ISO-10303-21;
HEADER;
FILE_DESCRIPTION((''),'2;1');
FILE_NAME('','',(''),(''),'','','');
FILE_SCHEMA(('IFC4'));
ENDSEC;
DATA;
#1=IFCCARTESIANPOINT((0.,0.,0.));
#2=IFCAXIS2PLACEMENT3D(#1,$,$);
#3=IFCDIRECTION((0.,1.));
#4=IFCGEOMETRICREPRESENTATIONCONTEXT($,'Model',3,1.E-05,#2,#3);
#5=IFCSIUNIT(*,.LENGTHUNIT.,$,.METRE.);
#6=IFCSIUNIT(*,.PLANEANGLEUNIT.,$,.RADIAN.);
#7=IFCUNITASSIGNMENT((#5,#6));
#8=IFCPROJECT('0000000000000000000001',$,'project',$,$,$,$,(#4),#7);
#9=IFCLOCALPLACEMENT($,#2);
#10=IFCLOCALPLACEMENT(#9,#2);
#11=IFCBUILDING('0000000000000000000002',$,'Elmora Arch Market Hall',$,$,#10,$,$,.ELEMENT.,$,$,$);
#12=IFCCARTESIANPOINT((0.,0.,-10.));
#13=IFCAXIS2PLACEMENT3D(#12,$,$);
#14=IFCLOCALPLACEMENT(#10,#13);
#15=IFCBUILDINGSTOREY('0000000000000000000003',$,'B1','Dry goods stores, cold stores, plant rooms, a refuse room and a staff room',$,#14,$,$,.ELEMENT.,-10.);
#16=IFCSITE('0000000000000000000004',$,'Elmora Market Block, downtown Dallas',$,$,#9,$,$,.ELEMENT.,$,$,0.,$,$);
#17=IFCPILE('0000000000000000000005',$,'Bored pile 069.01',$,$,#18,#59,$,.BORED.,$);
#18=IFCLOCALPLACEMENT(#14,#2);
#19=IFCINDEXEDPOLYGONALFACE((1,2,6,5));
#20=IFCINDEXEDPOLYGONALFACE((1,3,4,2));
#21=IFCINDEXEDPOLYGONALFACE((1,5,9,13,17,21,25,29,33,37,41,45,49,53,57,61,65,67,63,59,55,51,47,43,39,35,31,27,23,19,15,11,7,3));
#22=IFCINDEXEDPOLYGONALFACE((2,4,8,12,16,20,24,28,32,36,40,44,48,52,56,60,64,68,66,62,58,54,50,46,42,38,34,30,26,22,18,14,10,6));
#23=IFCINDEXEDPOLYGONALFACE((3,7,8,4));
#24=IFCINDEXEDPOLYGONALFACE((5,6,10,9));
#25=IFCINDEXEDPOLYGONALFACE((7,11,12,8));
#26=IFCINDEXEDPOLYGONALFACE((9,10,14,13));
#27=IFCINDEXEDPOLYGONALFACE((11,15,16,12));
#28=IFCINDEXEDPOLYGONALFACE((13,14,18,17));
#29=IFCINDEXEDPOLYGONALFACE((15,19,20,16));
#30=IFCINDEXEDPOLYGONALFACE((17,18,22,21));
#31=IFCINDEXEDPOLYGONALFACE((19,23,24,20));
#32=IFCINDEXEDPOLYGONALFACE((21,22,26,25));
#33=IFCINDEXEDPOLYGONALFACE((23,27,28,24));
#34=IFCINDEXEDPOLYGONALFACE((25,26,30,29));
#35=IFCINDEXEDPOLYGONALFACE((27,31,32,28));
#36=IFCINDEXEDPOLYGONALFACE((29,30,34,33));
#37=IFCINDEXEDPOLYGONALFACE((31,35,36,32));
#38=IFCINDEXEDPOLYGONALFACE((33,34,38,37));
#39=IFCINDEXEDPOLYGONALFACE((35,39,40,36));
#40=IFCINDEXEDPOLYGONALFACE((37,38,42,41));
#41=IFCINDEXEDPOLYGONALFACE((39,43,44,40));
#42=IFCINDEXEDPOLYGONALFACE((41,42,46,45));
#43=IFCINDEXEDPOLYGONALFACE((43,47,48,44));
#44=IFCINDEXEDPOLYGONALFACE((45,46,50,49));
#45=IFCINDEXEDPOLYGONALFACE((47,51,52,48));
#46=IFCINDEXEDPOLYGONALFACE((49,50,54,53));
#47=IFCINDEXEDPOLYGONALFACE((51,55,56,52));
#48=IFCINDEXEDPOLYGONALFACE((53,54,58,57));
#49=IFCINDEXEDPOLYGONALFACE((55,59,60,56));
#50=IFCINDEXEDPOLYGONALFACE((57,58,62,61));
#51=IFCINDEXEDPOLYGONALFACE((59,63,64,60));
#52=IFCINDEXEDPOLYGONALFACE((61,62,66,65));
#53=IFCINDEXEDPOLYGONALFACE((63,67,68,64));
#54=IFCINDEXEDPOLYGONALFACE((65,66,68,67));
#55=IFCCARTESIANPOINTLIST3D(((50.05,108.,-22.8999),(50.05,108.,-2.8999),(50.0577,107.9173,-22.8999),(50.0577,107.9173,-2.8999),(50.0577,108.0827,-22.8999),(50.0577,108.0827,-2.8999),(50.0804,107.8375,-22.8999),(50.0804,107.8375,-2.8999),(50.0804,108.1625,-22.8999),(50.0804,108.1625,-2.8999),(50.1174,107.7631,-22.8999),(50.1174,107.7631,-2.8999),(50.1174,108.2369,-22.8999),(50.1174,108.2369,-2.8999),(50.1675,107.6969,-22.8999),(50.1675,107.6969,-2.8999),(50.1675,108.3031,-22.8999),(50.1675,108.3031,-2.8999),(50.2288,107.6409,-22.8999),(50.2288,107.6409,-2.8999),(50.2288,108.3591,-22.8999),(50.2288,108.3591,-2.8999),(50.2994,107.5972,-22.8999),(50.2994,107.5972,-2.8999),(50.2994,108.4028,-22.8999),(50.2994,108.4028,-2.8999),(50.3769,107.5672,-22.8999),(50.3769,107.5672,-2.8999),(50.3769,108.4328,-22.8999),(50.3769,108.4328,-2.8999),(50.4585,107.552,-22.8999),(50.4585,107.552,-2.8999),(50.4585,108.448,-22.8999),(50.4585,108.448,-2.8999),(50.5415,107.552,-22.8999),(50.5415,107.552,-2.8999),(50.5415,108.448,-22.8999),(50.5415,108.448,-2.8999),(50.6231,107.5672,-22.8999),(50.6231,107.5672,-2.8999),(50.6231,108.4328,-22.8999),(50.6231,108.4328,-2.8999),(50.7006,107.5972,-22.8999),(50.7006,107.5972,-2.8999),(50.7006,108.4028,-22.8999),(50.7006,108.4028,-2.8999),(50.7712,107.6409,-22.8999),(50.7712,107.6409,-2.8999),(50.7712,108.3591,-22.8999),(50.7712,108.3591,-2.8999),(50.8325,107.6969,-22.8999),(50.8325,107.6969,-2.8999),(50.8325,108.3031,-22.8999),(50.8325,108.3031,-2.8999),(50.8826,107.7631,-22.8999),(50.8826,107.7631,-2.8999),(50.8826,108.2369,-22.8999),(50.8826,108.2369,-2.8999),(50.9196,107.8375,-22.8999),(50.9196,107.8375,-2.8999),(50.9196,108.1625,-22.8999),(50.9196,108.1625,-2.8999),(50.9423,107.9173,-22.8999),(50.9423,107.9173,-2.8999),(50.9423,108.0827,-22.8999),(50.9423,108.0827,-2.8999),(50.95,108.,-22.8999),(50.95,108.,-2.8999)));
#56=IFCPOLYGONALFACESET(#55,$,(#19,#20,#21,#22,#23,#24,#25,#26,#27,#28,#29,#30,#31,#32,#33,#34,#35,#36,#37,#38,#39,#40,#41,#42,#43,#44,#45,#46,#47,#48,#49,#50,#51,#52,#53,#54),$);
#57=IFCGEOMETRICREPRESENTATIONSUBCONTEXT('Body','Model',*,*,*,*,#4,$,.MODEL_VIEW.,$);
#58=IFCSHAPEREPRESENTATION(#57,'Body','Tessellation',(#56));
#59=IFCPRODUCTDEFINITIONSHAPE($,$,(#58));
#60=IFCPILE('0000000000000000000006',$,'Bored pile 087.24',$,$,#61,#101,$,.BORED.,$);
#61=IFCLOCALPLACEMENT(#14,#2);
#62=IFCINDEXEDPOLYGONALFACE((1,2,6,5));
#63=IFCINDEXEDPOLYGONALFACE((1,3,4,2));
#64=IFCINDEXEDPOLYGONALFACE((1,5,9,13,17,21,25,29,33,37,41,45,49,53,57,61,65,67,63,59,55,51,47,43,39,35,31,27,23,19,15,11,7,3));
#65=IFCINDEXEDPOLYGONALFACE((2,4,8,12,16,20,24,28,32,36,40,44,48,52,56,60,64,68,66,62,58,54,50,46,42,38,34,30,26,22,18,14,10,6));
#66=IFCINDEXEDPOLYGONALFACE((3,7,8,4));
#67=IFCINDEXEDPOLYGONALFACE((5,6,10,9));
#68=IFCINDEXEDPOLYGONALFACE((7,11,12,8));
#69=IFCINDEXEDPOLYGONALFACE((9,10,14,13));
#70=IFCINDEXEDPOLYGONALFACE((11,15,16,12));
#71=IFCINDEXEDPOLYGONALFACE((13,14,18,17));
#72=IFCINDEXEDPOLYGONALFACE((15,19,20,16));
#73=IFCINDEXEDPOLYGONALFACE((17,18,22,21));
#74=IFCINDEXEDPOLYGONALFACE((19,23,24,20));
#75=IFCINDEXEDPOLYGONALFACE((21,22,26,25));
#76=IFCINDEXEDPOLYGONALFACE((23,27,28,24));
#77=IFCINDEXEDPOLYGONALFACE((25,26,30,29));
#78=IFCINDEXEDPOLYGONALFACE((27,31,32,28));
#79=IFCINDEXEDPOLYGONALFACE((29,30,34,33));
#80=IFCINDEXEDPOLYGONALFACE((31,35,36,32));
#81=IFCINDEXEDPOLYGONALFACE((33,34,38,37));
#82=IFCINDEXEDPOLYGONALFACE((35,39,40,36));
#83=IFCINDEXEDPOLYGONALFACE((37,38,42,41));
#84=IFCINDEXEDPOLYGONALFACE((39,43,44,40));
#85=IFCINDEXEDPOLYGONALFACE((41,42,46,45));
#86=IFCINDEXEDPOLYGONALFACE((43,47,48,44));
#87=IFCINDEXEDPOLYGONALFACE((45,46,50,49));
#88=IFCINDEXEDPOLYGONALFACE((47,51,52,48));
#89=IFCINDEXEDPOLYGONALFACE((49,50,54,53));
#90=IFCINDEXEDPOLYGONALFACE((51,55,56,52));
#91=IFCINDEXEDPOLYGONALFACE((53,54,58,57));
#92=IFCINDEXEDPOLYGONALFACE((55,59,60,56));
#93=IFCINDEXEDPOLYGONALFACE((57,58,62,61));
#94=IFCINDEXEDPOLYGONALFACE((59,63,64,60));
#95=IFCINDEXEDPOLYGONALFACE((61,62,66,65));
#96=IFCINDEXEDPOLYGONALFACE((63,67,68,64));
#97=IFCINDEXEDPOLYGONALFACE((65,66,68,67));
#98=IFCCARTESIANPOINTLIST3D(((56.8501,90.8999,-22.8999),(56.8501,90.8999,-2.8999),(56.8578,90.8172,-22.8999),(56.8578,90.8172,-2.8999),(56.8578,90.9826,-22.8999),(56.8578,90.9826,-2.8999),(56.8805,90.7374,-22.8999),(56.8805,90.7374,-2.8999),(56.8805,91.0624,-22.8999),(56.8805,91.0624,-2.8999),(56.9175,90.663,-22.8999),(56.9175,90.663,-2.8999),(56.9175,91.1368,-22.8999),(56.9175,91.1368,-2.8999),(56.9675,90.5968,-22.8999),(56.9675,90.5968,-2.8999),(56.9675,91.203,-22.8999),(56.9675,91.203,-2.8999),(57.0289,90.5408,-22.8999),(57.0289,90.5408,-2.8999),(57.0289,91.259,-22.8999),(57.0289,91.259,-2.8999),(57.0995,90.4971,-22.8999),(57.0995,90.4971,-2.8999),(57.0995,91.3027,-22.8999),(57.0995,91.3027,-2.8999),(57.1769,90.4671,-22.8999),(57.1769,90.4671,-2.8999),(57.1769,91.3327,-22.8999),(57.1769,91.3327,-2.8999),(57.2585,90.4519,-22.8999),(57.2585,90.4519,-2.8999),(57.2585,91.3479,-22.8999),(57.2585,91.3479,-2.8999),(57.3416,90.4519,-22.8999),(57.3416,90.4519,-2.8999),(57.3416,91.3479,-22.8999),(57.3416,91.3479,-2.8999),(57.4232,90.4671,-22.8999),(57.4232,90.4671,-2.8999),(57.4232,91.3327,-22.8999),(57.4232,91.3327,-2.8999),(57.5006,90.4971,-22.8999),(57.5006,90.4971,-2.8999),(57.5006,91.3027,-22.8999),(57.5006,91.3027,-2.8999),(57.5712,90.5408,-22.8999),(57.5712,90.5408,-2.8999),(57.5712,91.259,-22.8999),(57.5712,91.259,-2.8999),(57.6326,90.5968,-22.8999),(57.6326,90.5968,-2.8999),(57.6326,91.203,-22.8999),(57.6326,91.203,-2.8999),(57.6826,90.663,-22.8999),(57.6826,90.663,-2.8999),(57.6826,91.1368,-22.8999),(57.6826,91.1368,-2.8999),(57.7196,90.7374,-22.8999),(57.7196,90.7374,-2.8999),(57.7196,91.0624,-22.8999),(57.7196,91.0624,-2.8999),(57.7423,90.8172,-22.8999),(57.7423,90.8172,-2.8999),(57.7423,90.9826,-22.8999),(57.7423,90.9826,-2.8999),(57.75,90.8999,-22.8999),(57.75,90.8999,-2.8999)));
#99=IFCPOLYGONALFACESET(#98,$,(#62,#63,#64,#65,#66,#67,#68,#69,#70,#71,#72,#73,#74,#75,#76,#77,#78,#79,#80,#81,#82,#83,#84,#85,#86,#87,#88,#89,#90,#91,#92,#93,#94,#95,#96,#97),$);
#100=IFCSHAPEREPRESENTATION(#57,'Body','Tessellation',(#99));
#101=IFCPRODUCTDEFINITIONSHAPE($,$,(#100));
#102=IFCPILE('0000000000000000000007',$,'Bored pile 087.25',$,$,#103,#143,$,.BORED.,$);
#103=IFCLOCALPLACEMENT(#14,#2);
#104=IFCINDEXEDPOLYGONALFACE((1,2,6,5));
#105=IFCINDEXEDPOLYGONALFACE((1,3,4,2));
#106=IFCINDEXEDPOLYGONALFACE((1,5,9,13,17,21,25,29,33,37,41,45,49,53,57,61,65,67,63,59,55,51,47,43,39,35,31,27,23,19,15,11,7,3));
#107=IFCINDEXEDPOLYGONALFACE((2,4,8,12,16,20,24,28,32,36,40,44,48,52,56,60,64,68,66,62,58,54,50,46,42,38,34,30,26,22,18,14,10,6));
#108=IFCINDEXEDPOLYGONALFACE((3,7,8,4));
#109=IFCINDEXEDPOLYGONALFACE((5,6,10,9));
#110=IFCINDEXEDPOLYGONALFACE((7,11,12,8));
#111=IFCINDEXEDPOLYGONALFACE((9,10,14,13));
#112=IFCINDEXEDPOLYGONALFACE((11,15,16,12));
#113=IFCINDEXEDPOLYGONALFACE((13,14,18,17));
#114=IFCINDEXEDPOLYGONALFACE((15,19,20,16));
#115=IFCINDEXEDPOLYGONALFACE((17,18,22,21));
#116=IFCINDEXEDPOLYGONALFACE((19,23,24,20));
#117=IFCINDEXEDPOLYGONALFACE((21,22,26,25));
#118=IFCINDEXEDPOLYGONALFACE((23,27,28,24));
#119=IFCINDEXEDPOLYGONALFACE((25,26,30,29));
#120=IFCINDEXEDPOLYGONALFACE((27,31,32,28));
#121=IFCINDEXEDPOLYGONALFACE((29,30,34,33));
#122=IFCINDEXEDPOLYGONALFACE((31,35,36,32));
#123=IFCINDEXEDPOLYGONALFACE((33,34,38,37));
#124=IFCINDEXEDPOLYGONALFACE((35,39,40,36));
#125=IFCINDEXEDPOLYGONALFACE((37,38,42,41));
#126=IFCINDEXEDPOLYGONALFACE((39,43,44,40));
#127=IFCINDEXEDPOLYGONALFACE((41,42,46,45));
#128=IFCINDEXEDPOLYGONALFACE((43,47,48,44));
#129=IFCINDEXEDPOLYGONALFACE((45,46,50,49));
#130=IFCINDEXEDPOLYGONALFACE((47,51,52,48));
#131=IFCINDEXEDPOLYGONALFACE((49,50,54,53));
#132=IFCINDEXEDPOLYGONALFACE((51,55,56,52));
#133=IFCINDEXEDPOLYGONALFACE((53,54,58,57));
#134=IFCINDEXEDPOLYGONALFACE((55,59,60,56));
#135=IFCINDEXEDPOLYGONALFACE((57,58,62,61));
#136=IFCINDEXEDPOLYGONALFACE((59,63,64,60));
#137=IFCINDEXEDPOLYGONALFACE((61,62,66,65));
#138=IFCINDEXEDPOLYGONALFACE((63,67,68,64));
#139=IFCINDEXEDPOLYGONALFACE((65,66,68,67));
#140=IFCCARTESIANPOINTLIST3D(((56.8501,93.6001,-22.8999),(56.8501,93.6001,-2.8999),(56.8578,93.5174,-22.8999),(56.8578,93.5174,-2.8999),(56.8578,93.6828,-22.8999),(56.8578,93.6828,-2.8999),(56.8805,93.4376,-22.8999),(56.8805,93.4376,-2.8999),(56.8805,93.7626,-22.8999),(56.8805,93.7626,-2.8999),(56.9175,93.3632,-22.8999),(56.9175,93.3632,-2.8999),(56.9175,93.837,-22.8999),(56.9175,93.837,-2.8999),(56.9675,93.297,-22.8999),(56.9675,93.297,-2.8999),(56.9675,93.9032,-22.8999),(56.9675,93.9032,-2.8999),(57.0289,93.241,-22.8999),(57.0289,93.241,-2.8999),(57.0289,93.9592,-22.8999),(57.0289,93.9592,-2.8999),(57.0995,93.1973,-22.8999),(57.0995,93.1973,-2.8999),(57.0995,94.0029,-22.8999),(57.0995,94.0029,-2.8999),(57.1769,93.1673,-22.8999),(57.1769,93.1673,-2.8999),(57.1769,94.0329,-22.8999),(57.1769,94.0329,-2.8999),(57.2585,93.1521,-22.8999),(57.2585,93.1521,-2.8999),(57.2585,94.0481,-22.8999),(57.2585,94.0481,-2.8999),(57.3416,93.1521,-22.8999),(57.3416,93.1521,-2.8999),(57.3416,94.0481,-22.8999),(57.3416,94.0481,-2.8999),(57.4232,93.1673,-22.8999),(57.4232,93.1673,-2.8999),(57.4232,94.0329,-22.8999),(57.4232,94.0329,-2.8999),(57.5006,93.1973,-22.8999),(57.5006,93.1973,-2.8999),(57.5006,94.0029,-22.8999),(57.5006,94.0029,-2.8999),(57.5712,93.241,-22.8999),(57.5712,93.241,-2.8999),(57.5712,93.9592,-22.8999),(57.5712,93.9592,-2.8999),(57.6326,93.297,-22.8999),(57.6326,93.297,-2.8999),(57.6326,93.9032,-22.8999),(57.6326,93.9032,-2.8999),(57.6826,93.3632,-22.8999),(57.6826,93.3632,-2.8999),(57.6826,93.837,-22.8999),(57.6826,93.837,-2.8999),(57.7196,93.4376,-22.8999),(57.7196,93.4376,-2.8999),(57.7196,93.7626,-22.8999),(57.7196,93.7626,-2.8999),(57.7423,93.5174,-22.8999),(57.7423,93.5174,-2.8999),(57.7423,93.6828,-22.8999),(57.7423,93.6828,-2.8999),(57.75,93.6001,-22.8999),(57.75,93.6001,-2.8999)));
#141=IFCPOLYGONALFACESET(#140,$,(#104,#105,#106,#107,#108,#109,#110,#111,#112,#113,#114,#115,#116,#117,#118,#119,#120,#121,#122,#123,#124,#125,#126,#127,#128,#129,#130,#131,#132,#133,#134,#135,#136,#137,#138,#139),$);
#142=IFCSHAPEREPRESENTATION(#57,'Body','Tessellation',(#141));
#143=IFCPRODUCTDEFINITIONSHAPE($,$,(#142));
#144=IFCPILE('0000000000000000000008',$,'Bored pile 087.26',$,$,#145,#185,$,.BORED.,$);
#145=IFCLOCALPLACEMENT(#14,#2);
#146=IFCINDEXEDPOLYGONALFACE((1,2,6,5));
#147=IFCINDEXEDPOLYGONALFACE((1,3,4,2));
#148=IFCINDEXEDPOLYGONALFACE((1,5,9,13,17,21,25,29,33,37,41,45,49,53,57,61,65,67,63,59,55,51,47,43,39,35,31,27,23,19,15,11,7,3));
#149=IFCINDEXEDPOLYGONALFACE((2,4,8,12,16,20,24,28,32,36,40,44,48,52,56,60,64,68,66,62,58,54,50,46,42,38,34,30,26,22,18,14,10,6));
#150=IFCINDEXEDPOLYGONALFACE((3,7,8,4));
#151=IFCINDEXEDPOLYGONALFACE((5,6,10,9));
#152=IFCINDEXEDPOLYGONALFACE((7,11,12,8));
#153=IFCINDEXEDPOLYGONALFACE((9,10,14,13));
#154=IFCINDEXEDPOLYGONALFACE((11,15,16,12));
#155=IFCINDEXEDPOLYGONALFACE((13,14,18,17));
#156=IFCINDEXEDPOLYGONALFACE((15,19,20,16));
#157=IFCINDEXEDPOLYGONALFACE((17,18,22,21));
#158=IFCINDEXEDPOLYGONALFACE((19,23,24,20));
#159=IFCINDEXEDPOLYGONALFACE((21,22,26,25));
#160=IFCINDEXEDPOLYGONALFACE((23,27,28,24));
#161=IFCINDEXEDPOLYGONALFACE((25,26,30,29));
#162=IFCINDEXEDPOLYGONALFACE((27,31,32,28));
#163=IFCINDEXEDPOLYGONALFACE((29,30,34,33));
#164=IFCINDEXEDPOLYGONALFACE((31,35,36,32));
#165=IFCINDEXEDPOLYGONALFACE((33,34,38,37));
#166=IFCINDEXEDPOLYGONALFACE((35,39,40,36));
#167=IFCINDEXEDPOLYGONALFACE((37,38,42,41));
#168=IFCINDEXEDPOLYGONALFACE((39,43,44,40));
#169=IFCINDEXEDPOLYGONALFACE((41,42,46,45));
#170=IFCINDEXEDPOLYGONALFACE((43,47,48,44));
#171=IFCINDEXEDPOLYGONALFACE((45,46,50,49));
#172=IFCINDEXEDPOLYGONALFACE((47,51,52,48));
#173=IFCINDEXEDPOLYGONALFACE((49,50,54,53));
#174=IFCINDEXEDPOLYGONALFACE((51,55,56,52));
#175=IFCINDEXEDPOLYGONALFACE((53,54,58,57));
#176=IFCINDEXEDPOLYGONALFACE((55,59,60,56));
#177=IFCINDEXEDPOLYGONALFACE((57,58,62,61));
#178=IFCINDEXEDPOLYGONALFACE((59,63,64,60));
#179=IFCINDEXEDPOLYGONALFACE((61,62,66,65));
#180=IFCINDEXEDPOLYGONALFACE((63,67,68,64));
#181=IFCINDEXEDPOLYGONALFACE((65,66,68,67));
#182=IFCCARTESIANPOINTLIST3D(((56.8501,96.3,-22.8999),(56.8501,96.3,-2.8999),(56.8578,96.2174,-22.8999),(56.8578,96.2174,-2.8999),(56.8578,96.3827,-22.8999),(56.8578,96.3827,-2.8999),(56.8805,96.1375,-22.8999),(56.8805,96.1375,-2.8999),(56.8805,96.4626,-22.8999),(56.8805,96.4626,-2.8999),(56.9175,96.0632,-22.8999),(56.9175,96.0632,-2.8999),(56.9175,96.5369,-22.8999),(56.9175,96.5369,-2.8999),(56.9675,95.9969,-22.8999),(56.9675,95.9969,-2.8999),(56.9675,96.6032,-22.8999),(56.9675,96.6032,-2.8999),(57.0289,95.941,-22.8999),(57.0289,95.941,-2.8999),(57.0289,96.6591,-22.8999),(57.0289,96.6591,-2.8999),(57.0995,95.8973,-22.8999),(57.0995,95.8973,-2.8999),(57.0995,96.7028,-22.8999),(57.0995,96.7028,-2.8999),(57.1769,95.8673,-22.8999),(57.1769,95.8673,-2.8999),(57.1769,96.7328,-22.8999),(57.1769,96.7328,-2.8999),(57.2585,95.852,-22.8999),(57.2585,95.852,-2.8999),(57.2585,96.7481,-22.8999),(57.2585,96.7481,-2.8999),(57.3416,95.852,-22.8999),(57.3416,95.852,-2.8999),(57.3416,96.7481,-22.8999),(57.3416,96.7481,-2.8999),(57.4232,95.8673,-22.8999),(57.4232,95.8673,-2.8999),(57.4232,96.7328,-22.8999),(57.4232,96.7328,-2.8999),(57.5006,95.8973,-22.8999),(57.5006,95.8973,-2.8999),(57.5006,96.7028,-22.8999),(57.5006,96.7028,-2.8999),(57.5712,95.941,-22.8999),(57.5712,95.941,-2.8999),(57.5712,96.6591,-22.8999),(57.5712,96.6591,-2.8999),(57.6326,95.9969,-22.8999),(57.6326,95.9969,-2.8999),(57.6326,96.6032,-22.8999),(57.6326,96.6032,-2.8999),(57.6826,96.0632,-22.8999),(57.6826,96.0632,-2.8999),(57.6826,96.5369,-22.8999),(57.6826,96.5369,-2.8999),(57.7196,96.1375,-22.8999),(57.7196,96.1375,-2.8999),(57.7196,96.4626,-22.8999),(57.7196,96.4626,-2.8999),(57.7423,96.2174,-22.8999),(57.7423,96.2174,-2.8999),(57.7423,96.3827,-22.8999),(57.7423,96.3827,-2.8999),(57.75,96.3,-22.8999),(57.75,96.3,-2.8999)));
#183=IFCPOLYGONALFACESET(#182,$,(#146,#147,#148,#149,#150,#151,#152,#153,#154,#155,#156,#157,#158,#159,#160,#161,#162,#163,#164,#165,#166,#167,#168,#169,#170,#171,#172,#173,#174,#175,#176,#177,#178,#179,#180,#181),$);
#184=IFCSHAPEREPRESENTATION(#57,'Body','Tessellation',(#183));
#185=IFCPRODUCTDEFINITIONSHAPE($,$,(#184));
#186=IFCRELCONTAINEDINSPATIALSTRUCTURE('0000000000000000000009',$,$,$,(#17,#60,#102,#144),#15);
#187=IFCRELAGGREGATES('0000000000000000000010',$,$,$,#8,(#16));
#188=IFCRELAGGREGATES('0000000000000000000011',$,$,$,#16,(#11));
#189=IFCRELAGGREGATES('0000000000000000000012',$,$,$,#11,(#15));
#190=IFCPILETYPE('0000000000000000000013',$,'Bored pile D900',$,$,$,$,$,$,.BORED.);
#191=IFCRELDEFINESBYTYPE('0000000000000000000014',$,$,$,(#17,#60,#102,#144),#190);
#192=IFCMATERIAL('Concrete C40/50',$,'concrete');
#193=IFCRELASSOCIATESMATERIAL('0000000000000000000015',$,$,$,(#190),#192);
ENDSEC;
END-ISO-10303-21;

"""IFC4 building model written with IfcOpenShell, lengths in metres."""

from ifc_helpers import new_model, si_unit, direction, frame, origin, origin_2d, place, context, subcontext, project, spatial, circle, extrude, material, material_profile, profile_set, type_object, element, save


model = new_model("IFC4")

# Units and contexts
model_context = context("Model", 3, precision=1e-05, world=origin(), true_north=direction((0.0, 1.0)))
body_context = subcontext(model_context, "Body", "Model", "MODEL_VIEW")
ifc_project = project(units=[si_unit("LENGTHUNIT", "METRE"), si_unit("PLANEANGLEUNIT", "RADIAN")], contexts=[model_context])

# Site, building, storey
site_placement = place(None, origin())
site = spatial("IfcSite", under=ifc_project, at=site_placement, Name="Elmora Market Block, downtown Dallas", CompositionType="ELEMENT", RefElevation=0.0)
building_placement = place(site_placement, origin())
building = spatial("IfcBuilding", under=site, at=building_placement, Name="Elmora Arch Market Hall", CompositionType="ELEMENT")
storey_placement = place(building_placement, frame((0.0, 0.0, -10.0)))
storey = spatial("IfcBuildingStorey", under=building, at=storey_placement, Name="B1", Description="Dry goods stores, cold stores, plant rooms, a refuse room and a staff room", CompositionType="ELEMENT", Elevation=-10.0)

# Piles
ifc_material_1 = material(Name="Concrete C40/50", Category="concrete")
ifc_material_profile_1 = material_profile(ifc_material_1, circle(Radius=0.45, at=origin_2d()), Name="Bored pile D900")
ifc_profile_set_1 = profile_set([ifc_material_profile_1], Name="Concrete C40/50")
pile_type = type_object("IfcPileType", Name="Bored pile D900", PredefinedType="BORED", material=ifc_profile_set_1)
for number, where, z_axis, x_axis, name in (
    (1, (50.5, 108.0, -2.8999), (0.0, 0.0, -1.0), (1.0, 0.0, 0.0), "Bored pile 069.01"),
    (2, (57.3, 90.8999, -2.8999), (0.0, 0.0, -1.0), (1.0, 0.0, 0.0), "Bored pile 087.24"),
    (3, (57.3, 93.6001, -2.8999), (0.0, 0.0, -1.0), (1.0, 0.0, 0.0), "Bored pile 087.25"),
    (4, (57.3, 96.3, -2.8999), (0.0, 0.0, -1.0), (1.0, 0.0, 0.0), "Bored pile 087.26"),
):
    element("IfcPile", number, at=place(storey_placement, frame(where, z_axis=z_axis, x_axis=x_axis)), inside=storey, type_object=pile_type, Name=name, PredefinedType="BORED", context=body_context, shape_type="SweptSolid", body=[
        extrude(circle(Radius=0.45, at=origin_2d()), origin(), (0.0, 0.0, 1.0), 20.0),
    ])

save(model, "model.ifc")
